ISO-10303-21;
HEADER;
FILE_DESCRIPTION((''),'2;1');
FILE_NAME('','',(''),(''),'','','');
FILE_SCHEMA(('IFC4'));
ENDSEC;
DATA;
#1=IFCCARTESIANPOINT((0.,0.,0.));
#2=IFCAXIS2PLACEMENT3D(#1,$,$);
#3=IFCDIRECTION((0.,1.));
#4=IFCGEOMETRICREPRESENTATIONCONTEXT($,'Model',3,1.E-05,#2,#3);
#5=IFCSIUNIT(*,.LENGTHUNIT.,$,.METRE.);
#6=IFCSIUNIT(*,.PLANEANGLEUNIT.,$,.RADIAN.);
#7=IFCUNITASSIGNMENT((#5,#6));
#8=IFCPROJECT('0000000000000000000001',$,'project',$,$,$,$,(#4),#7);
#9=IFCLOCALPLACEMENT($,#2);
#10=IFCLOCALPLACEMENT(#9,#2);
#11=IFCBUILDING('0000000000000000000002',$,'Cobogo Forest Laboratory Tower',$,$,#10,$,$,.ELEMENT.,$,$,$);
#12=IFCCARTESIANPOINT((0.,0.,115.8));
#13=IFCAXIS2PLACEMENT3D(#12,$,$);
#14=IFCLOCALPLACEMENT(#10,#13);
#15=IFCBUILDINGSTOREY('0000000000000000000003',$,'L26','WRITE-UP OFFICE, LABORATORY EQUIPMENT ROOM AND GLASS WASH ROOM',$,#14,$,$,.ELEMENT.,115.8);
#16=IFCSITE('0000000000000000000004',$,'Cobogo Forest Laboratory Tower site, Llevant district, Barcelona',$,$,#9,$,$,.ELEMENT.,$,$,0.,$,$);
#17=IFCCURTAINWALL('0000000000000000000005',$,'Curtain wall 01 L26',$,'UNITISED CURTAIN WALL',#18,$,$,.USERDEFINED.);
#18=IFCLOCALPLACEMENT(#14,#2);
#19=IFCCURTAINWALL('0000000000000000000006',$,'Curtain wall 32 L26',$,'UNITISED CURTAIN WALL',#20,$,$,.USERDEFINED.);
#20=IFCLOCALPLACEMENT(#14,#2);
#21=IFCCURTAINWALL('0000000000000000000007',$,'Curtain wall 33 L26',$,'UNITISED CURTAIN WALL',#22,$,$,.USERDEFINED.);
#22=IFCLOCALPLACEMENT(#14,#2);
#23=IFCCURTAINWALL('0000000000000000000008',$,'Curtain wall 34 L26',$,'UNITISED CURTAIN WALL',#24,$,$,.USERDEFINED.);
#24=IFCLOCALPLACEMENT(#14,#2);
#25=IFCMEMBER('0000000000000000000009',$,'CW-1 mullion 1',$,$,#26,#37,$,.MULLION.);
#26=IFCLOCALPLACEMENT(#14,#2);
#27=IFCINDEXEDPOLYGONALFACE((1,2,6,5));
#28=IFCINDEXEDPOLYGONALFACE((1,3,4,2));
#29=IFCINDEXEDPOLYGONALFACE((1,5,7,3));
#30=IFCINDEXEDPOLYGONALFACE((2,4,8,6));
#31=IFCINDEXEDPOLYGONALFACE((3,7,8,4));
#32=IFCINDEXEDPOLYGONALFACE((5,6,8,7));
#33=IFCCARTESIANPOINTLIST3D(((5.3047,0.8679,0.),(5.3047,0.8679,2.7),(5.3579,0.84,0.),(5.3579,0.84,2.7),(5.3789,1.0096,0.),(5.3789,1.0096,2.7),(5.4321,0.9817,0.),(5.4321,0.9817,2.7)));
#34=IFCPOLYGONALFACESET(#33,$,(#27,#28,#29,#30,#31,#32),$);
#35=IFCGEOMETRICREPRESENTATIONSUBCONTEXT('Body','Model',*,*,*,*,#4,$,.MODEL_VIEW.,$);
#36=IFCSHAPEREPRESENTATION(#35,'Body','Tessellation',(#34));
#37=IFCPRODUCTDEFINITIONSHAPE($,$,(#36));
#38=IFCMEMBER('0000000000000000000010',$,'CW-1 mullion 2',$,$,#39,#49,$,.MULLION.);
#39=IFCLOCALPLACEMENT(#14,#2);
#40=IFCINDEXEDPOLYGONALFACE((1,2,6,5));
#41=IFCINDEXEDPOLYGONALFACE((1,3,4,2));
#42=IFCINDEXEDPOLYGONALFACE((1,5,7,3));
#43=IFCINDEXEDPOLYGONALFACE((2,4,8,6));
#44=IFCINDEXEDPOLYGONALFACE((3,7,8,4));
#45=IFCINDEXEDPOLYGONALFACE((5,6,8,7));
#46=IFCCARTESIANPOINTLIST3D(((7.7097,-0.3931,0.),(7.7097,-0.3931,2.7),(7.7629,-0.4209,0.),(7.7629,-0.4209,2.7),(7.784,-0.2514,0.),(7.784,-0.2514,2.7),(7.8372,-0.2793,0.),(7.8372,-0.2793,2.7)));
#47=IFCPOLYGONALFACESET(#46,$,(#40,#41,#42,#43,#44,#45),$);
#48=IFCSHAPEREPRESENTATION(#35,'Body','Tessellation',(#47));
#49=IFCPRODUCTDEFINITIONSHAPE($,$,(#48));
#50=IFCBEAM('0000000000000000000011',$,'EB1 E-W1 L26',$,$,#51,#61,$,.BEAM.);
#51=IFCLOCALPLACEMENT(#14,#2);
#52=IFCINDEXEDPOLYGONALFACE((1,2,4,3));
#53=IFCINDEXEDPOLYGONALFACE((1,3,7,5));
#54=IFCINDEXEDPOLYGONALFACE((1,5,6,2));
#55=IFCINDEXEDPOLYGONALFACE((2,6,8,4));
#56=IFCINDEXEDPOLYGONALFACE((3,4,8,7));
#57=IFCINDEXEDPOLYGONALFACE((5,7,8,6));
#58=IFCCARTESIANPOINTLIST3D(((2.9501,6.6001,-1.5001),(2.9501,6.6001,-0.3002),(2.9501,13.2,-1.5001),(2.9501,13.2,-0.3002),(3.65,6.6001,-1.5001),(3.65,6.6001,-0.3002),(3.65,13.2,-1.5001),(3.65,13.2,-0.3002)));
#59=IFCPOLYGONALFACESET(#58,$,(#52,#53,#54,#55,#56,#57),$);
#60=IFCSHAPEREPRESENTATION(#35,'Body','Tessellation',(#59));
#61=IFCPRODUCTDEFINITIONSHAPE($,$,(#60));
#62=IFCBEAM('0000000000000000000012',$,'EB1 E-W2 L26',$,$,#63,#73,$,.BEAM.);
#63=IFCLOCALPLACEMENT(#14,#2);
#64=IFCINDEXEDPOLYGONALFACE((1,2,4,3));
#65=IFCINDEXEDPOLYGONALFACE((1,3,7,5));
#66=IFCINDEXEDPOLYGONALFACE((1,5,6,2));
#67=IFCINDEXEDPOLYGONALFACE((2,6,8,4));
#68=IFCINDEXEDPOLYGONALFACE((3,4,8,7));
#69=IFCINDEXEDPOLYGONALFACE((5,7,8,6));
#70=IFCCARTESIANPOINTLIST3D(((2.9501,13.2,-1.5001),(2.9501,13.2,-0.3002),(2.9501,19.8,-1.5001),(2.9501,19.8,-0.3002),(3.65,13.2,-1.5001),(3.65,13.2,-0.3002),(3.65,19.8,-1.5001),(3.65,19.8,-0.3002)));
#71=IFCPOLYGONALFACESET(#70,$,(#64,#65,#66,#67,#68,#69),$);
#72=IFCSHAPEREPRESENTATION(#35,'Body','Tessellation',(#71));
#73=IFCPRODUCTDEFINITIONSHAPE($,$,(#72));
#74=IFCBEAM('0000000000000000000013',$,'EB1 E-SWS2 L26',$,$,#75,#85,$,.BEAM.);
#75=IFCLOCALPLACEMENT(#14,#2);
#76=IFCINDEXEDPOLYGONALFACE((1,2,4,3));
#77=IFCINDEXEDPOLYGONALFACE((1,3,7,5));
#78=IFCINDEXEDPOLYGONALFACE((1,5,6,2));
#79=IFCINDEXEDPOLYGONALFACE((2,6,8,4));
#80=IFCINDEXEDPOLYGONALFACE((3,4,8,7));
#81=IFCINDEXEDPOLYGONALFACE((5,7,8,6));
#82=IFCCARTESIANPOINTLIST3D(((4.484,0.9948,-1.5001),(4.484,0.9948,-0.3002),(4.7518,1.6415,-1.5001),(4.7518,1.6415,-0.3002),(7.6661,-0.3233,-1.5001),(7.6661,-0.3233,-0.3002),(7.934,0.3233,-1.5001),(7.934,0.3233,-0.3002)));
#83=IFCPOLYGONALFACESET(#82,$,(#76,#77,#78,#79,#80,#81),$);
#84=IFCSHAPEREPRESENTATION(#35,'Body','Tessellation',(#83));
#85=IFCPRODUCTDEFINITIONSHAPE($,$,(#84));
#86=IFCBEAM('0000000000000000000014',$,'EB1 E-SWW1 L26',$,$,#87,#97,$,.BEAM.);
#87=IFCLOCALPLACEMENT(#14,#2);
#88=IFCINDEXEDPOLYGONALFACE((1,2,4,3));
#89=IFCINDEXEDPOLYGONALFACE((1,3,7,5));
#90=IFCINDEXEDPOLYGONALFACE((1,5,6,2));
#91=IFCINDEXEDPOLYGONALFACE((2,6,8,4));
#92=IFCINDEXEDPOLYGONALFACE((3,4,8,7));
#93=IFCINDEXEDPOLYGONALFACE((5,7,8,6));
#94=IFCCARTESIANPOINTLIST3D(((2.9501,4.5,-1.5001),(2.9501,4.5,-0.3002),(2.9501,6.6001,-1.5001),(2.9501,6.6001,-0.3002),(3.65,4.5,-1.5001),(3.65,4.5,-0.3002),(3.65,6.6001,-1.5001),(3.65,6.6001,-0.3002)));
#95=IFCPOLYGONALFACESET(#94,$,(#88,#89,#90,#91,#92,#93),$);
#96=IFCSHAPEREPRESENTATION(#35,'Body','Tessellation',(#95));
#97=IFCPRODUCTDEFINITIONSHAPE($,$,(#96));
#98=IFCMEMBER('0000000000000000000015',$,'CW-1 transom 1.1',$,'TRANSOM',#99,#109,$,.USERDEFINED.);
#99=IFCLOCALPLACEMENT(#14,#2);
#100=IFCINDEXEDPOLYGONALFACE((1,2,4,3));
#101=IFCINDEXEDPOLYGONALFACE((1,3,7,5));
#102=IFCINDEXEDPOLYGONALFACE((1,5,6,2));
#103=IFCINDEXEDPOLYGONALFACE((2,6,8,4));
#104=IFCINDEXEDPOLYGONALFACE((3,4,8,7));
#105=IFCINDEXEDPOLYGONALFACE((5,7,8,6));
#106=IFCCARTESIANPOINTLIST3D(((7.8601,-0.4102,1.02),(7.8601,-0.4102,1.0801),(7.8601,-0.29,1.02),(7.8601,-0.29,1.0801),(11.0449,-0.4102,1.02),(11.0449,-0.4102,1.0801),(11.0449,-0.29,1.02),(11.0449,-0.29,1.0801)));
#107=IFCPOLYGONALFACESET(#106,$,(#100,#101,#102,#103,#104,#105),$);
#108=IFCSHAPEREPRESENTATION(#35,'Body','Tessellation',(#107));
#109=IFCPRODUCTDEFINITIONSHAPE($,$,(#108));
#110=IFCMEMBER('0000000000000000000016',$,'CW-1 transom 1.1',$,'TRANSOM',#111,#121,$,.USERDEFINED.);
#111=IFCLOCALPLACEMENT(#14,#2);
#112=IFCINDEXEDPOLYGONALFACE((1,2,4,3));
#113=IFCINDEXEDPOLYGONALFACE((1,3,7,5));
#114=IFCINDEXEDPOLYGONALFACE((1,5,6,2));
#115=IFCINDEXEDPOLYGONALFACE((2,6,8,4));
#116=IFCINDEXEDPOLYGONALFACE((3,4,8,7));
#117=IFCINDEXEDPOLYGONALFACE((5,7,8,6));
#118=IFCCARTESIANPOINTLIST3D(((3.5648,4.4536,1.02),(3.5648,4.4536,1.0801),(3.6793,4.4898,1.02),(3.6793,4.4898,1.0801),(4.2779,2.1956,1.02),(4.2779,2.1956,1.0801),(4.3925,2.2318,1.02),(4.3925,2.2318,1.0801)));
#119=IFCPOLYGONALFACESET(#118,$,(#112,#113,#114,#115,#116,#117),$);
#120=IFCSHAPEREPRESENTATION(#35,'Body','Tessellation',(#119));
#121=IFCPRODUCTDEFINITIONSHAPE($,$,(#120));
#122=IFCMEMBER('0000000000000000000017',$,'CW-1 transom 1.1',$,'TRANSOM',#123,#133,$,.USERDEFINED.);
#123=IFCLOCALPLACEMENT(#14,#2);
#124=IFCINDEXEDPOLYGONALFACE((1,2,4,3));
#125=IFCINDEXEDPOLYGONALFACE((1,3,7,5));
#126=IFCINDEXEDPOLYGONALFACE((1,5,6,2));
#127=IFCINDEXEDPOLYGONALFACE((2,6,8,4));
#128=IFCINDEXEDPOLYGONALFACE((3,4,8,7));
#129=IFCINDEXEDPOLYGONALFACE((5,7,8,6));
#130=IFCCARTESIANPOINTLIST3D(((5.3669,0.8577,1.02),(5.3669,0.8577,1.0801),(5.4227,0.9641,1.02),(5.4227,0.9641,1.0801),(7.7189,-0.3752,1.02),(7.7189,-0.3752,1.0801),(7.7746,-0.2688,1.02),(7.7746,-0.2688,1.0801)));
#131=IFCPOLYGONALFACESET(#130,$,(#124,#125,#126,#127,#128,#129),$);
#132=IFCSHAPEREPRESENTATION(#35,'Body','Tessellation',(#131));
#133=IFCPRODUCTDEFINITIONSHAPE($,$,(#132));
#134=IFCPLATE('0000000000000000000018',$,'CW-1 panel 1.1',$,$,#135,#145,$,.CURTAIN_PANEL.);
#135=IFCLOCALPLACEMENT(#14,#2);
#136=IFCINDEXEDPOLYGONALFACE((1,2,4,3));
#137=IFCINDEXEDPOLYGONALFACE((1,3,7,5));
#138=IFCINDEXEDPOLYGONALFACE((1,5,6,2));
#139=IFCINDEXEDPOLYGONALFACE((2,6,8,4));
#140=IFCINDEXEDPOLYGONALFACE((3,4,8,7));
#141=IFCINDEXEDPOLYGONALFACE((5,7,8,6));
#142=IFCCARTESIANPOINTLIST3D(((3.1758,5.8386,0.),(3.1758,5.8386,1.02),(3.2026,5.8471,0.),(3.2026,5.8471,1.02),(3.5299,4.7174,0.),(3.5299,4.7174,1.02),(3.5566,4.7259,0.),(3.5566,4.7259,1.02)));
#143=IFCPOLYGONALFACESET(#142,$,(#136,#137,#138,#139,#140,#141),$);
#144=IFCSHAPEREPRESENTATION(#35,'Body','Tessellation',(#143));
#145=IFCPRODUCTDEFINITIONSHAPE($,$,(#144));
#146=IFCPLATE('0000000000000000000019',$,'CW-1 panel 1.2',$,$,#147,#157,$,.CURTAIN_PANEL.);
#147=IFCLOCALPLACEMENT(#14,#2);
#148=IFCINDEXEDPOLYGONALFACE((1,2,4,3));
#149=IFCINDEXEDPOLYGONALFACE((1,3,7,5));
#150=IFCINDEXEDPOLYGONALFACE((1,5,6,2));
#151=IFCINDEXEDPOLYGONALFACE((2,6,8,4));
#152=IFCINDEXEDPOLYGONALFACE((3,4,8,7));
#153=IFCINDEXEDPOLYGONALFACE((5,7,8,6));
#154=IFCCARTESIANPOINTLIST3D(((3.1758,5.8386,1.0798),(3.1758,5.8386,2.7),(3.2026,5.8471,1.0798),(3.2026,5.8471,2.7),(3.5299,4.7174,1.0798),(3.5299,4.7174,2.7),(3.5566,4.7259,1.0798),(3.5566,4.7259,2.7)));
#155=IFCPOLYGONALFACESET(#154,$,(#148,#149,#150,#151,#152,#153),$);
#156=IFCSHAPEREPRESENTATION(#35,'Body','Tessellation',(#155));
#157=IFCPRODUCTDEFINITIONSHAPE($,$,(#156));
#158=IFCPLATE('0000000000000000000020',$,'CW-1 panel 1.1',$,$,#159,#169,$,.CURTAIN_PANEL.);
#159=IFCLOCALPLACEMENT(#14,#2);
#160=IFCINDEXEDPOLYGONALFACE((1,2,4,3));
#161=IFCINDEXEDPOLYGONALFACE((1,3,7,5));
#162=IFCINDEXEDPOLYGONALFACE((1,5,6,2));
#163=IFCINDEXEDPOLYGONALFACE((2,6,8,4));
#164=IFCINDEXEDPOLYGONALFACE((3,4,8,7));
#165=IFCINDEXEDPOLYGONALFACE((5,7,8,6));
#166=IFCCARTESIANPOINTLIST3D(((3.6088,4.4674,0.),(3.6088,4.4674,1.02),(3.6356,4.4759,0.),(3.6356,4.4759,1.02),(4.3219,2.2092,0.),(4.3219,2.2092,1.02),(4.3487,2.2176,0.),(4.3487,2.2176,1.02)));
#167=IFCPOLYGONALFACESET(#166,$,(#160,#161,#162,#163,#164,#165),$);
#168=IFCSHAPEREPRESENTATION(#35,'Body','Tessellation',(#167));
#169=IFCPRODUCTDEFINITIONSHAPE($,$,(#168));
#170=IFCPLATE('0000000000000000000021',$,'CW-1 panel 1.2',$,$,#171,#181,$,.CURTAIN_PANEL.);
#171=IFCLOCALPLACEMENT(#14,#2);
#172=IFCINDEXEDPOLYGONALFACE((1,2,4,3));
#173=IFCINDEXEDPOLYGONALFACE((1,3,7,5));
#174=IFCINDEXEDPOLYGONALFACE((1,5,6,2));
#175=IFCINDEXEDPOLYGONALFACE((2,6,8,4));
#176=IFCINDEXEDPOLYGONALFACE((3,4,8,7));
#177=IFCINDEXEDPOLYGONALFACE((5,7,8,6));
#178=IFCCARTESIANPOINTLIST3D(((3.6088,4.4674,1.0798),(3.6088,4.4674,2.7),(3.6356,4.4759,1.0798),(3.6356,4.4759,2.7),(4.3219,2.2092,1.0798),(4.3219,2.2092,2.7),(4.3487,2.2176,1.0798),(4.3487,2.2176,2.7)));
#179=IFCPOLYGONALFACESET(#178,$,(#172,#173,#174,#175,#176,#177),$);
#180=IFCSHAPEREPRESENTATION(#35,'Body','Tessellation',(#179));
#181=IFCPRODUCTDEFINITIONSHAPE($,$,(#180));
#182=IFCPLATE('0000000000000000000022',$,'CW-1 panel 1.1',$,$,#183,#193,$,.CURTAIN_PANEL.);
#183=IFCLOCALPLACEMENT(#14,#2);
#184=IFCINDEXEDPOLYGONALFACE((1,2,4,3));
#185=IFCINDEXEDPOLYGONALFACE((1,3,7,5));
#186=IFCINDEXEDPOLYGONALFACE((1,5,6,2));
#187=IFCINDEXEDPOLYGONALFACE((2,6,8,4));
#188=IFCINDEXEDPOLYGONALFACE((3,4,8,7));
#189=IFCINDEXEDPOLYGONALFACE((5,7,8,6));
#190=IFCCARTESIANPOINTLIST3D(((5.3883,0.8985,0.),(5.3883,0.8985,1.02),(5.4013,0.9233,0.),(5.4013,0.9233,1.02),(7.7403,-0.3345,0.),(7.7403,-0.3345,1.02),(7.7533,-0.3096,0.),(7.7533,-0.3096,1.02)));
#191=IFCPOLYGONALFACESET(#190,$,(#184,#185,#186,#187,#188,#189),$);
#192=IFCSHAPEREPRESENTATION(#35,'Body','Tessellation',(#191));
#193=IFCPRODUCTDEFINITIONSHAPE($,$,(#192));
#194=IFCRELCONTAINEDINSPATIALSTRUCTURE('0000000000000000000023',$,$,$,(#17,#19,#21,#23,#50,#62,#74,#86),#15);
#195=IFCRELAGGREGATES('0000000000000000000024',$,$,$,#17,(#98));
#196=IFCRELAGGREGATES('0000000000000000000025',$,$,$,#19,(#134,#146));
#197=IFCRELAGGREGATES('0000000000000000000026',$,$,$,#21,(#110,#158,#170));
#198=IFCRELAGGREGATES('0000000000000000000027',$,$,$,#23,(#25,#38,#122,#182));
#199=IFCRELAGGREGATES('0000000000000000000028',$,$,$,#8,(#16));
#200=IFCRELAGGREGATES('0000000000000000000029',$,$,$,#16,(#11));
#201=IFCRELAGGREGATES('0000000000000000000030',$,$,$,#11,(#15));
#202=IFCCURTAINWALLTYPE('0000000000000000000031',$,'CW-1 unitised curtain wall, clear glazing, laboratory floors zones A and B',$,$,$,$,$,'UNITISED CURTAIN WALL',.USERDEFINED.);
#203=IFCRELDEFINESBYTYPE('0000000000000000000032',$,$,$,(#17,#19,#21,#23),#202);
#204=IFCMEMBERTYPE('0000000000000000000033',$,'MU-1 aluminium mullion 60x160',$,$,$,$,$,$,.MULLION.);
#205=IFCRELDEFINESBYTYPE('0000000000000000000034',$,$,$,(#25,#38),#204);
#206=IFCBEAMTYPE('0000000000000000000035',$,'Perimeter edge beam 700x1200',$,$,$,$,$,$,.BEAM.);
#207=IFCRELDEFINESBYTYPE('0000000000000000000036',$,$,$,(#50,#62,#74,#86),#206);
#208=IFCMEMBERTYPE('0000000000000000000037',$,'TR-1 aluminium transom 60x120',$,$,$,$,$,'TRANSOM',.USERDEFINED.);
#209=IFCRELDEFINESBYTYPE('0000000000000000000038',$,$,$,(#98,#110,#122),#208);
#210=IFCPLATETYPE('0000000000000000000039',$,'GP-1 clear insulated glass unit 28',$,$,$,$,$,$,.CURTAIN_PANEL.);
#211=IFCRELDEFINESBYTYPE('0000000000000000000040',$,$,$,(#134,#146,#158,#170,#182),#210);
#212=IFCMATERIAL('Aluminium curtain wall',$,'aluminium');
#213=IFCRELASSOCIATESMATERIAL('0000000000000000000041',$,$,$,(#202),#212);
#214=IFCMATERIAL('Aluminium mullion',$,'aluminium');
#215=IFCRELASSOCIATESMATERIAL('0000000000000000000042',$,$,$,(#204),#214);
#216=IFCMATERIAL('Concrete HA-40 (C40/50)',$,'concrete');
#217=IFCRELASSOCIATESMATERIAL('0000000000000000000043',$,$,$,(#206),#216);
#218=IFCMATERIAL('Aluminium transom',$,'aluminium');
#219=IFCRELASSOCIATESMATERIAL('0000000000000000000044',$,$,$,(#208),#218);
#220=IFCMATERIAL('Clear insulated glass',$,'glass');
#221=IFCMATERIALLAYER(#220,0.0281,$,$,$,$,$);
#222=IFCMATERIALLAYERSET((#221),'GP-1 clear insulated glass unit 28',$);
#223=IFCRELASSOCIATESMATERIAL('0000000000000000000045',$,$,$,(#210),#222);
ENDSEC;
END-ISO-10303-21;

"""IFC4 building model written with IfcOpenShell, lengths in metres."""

from ifc_helpers import new_model, si_unit, direction, frame, origin, origin_2d, place, context, subcontext, project, spatial, rectangle, extrude, material, layer, layer_set, material_profile, profile_set, type_object, element, aggregate, save


model = new_model("IFC4")

# Units and contexts
model_context = context("Model", 3, precision=1e-05, world=origin(), true_north=direction((0.0, 1.0)))
body_context = subcontext(model_context, "Body", "Model", "MODEL_VIEW")
ifc_project = project(units=[si_unit("LENGTHUNIT", "METRE"), si_unit("PLANEANGLEUNIT", "RADIAN")], contexts=[model_context])

# Site, building, storey
site_placement = place(None, origin())
site = spatial("IfcSite", under=ifc_project, at=site_placement, Name="Cobogo Forest Laboratory Tower site, Llevant district, Barcelona", CompositionType="ELEMENT", RefElevation=0.0)
building_placement = place(site_placement, origin())
building = spatial("IfcBuilding", under=site, at=building_placement, Name="Cobogo Forest Laboratory Tower", CompositionType="ELEMENT")
storey_placement = place(building_placement, frame((0.0, 0.0, 115.8)))
storey = spatial("IfcBuildingStorey", under=building, at=storey_placement, Name="L26", Description="WRITE-UP OFFICE, LABORATORY EQUIPMENT ROOM AND GLASS WASH ROOM", CompositionType="ELEMENT", Elevation=115.8)

# Shared definitions
ifc_material_1 = material(Name="Concrete HA-40 (C40/50)", Category="concrete")

# Curtain walls
ifc_material_2 = material(Name="Aluminium curtain wall", Category="aluminium")
curtain_wall_type = type_object("IfcCurtainWallType", Name="CW-1 unitised curtain wall, clear glazing, laboratory floors zones A and B", ElementType="UNITISED CURTAIN WALL", PredefinedType="USERDEFINED", material=ifc_material_2)
curtain_wall_1_placement = place(storey_placement, origin())
curtain_wall_1 = element("IfcCurtainWall", 1, at=curtain_wall_1_placement, inside=storey, type_object=curtain_wall_type, Name="Curtain wall 01 L26", ObjectType="UNITISED CURTAIN WALL", PredefinedType="USERDEFINED")
ifc_material_3 = material(Name="Aluminium mullion", Category="aluminium")
ifc_material_profile_1 = material_profile(ifc_material_3, rectangle(XDim=0.0601, YDim=0.1599, at=origin_2d()), Name="AL 60x160")
ifc_profile_set_1 = profile_set([ifc_material_profile_1], Name="Aluminium mullion")
member_type_1 = type_object("IfcMemberType", Name="MU-1 aluminium mullion 60x160", PredefinedType="MULLION", material=ifc_profile_set_1)
curtain_wall_2_placement = place(storey_placement, origin())
curtain_wall_2 = element("IfcCurtainWall", 2, at=curtain_wall_2_placement, inside=storey, type_object=curtain_wall_type, Name="Curtain wall 32 L26", ObjectType="UNITISED CURTAIN WALL", PredefinedType="USERDEFINED")

# Curtain walls, members
curtain_wall_3_placement = place(storey_placement, origin())
curtain_wall_3 = element("IfcCurtainWall", 3, at=curtain_wall_3_placement, inside=storey, type_object=curtain_wall_type, Name="Curtain wall 33 L26", ObjectType="UNITISED CURTAIN WALL", PredefinedType="USERDEFINED")
curtain_wall_4_placement = place(storey_placement, origin())
curtain_wall_4 = element("IfcCurtainWall", 4, at=curtain_wall_4_placement, inside=storey, type_object=curtain_wall_type, Name="Curtain wall 34 L26", ObjectType="UNITISED CURTAIN WALL", PredefinedType="USERDEFINED")
member_1_placement = place(storey_placement, frame((5.3684, 0.9248, 0.0), z_axis=(0.0, 0.0, 1.0), x_axis=(0.885687, -0.464284, 0.0)))
member_1 = element("IfcMember", 5, at=member_1_placement, type_object=member_type_1, Name="CW-1 mullion 1", PredefinedType="MULLION", context=body_context, shape_type="SweptSolid", body=[
    extrude(rectangle(XDim=0.0601, YDim=0.1599, at=origin_2d()), origin(), (0.0, 0.0, 1.0), 2.7),
])
member_2_placement = place(storey_placement, frame((7.7734, -0.3362, 0.0), z_axis=(0.0, 0.0, 1.0), x_axis=(0.885687, -0.464284, 0.0)))
member_2 = element("IfcMember", 6, at=member_2_placement, type_object=member_type_1, Name="CW-1 mullion 2", PredefinedType="MULLION", context=body_context, shape_type="SweptSolid", body=[
    extrude(rectangle(XDim=0.0601, YDim=0.1599, at=origin_2d()), origin(), (0.0, 0.0, 1.0), 2.7),
])

# Beams
ifc_material_profile_2 = material_profile(ifc_material_1, rectangle(XDim=0.7, YDim=1.2, at=origin_2d()), Name="RC 700x1200")
ifc_profile_set_2 = profile_set([ifc_material_profile_2], Name="Concrete HA-40 (C40/50)")
beam_type_1 = type_object("IfcBeamType", Name="Perimeter edge beam 700x1200", PredefinedType="BEAM", material=ifc_profile_set_2)
beam_1_placement = place(storey_placement, frame((3.3, 6.6001, -0.9001), z_axis=(0.0, 1.0, 0.0), x_axis=(-1.0, 0.0, 0.0)))
element("IfcBeam", 7, at=beam_1_placement, inside=storey, type_object=beam_type_1, Name="EB1 E-W1 L26", PredefinedType="BEAM", context=body_context, shape_type="SweptSolid", body=[
    extrude(rectangle(XDim=0.7, YDim=1.2, at=origin_2d()), origin(), (0.0, 0.0, 1.0), 6.5999),
])
beam_2_placement = place(storey_placement, frame((3.3, 13.2, -0.9001), z_axis=(0.0, 1.0, 0.0), x_axis=(-1.0, 0.0, 0.0)))
element("IfcBeam", 8, at=beam_2_placement, inside=storey, type_object=beam_type_1, Name="EB1 E-W2 L26", PredefinedType="BEAM", context=body_context, shape_type="SweptSolid", body=[
    extrude(rectangle(XDim=0.7, YDim=1.2, at=origin_2d()), origin(), (0.0, 0.0, 1.0), 6.6001),
])
beam_3_placement = place(storey_placement, frame((7.8, 0.0, -0.9001), z_axis=(-0.923876, 0.382692, 0.0), x_axis=(-0.382692, -0.923876, 0.0)))
element("IfcBeam", 9, at=beam_3_placement, inside=storey, type_object=beam_type_1, Name="EB1 E-SWS2 L26", PredefinedType="BEAM", context=body_context, shape_type="SweptSolid", body=[
    extrude(rectangle(XDim=0.7, YDim=1.2, at=origin_2d()), origin(), (0.0, 0.0, 1.0), 3.4443),
])
beam_4_placement = place(storey_placement, frame((3.3, 6.6001, -0.9001), z_axis=(0.0, -1.0, 0.0), x_axis=(1.0, 0.0, 0.0)))
element("IfcBeam", 10, at=beam_4_placement, inside=storey, type_object=beam_type_1, Name="EB1 E-SWW1 L26", PredefinedType="BEAM", context=body_context, shape_type="SweptSolid", body=[
    extrude(rectangle(XDim=0.7, YDim=1.2, at=origin_2d()), origin(), (0.0, 0.0, 1.0), 2.1001),
])

# Members
ifc_material_4 = material(Name="Aluminium transom", Category="aluminium")
ifc_material_profile_3 = material_profile(ifc_material_4, rectangle(XDim=0.1201, YDim=0.0601, at=origin_2d()), Name="AL 60x120")
ifc_profile_set_3 = profile_set([ifc_material_profile_3], Name="Aluminium transom")
member_type_2 = type_object("IfcMemberType", Name="TR-1 aluminium transom 60x120", ElementType="TRANSOM", PredefinedType="USERDEFINED", material=ifc_profile_set_3)
member_3_placement = place(storey_placement, frame((7.8601, -0.3501, 1.05), z_axis=(1.0, 0.0, 0.0), x_axis=(0.0, 1.0, 0.0)))
member_3 = element("IfcMember", 11, at=member_3_placement, type_object=member_type_2, Name="CW-1 transom 1.1", ObjectType="TRANSOM", PredefinedType="USERDEFINED", context=body_context, shape_type="SweptSolid", body=[
    extrude(rectangle(XDim=0.1201, YDim=0.0601, at=origin_2d()), origin(), (0.0, 0.0, 1.0), 3.1848),
])
aggregate(curtain_wall_1, [member_3])
member_4_placement = place(storey_placement, frame((3.6221, 4.4717, 1.05), z_axis=(0.301156, -0.953575, 0.0), x_axis=(0.953575, 0.301156, 0.0)))
member_4 = element("IfcMember", 12, at=member_4_placement, type_object=member_type_2, Name="CW-1 transom 1.1", ObjectType="TRANSOM", PredefinedType="USERDEFINED", context=body_context, shape_type="SweptSolid", body=[
    extrude(rectangle(XDim=0.1201, YDim=0.0601, at=origin_2d()), origin(), (0.0, 0.0, 1.0), 2.3679),
])
member_5_placement = place(storey_placement, frame((5.3948, 0.9109, 1.05), z_axis=(0.885695, -0.464268, 0.0), x_axis=(0.464268, 0.885695, 0.0)))
member_5 = element("IfcMember", 13, at=member_5_placement, type_object=member_type_2, Name="CW-1 transom 1.1", ObjectType="TRANSOM", PredefinedType="USERDEFINED", context=body_context, shape_type="SweptSolid", body=[
    extrude(rectangle(XDim=0.1201, YDim=0.0601, at=origin_2d()), origin(), (0.0, 0.0, 1.0), 2.6555),
])

# Plates
ifc_material_5 = material(Name="Clear insulated glass", Category="glass")
ifc_layer_1 = layer(ifc_material_5, 0.0281)
ifc_layer_set_1 = layer_set([ifc_layer_1], Name="GP-1 clear insulated glass unit 28")
plate_type = type_object("IfcPlateType", Name="GP-1 clear insulated glass unit 28", PredefinedType="CURTAIN_PANEL", material=ifc_layer_set_1)
plate_1_placement = place(storey_placement, frame((3.3662, 5.2822, 0.0), z_axis=(0.0, 0.0, 1.0), x_axis=(0.301135, -0.953581, 0.0)))
plate_1 = element("IfcPlate", 14, at=plate_1_placement, type_object=plate_type, Name="CW-1 panel 1.1", PredefinedType="CURTAIN_PANEL", context=body_context, shape_type="SweptSolid", body=[
    extrude(rectangle(XDim=1.1758, YDim=0.0281, at=origin_2d()), origin(), (0.0, 0.0, 1.0), 1.02),
])
plate_2_placement = place(storey_placement, frame((3.3662, 5.2822, 1.0798), z_axis=(0.0, 0.0, 1.0), x_axis=(0.301135, -0.953581, 0.0)))
plate_2 = element("IfcPlate", 15, at=plate_2_placement, type_object=plate_type, Name="CW-1 panel 1.2", PredefinedType="CURTAIN_PANEL", context=body_context, shape_type="SweptSolid", body=[
    extrude(rectangle(XDim=1.1758, YDim=0.0281, at=origin_2d()), origin(), (0.0, 0.0, 1.0), 1.6201),
])
aggregate(curtain_wall_2, [plate_1, plate_2])
plate_3_placement = place(storey_placement, frame((3.9788, 3.3425, 0.0), z_axis=(0.0, 0.0, 1.0), x_axis=(0.301135, -0.953581, 0.0)))
plate_3 = element("IfcPlate", 16, at=plate_3_placement, type_object=plate_type, Name="CW-1 panel 1.1", PredefinedType="CURTAIN_PANEL", context=body_context, shape_type="SweptSolid", body=[
    extrude(rectangle(XDim=2.3682, YDim=0.0281, at=origin_2d()), origin(), (0.0, 0.0, 1.0), 1.02),
])
plate_4_placement = place(storey_placement, frame((3.9788, 3.3425, 1.0798), z_axis=(0.0, 0.0, 1.0), x_axis=(0.301135, -0.953581, 0.0)))
plate_4 = element("IfcPlate", 17, at=plate_4_placement, type_object=plate_type, Name="CW-1 panel 1.2", PredefinedType="CURTAIN_PANEL", context=body_context, shape_type="SweptSolid", body=[
    extrude(rectangle(XDim=2.3682, YDim=0.0281, at=origin_2d()), origin(), (0.0, 0.0, 1.0), 1.6201),
])
aggregate(curtain_wall_3, [member_4, plate_3, plate_4])
plate_5_placement = place(storey_placement, frame((6.5708, 0.2944, 0.0), z_axis=(0.0, 0.0, 1.0), x_axis=(0.885687, -0.464284, 0.0)))
plate_5 = element("IfcPlate", 18, at=plate_5_placement, type_object=plate_type, Name="CW-1 panel 1.1", PredefinedType="CURTAIN_PANEL", context=body_context, shape_type="SweptSolid", body=[
    extrude(rectangle(XDim=2.6555, YDim=0.0281, at=origin_2d()), origin(), (0.0, 0.0, 1.0), 1.02),
])
aggregate(curtain_wall_4, [member_1, member_2, member_5, plate_5])

save(model, "model.ifc")
